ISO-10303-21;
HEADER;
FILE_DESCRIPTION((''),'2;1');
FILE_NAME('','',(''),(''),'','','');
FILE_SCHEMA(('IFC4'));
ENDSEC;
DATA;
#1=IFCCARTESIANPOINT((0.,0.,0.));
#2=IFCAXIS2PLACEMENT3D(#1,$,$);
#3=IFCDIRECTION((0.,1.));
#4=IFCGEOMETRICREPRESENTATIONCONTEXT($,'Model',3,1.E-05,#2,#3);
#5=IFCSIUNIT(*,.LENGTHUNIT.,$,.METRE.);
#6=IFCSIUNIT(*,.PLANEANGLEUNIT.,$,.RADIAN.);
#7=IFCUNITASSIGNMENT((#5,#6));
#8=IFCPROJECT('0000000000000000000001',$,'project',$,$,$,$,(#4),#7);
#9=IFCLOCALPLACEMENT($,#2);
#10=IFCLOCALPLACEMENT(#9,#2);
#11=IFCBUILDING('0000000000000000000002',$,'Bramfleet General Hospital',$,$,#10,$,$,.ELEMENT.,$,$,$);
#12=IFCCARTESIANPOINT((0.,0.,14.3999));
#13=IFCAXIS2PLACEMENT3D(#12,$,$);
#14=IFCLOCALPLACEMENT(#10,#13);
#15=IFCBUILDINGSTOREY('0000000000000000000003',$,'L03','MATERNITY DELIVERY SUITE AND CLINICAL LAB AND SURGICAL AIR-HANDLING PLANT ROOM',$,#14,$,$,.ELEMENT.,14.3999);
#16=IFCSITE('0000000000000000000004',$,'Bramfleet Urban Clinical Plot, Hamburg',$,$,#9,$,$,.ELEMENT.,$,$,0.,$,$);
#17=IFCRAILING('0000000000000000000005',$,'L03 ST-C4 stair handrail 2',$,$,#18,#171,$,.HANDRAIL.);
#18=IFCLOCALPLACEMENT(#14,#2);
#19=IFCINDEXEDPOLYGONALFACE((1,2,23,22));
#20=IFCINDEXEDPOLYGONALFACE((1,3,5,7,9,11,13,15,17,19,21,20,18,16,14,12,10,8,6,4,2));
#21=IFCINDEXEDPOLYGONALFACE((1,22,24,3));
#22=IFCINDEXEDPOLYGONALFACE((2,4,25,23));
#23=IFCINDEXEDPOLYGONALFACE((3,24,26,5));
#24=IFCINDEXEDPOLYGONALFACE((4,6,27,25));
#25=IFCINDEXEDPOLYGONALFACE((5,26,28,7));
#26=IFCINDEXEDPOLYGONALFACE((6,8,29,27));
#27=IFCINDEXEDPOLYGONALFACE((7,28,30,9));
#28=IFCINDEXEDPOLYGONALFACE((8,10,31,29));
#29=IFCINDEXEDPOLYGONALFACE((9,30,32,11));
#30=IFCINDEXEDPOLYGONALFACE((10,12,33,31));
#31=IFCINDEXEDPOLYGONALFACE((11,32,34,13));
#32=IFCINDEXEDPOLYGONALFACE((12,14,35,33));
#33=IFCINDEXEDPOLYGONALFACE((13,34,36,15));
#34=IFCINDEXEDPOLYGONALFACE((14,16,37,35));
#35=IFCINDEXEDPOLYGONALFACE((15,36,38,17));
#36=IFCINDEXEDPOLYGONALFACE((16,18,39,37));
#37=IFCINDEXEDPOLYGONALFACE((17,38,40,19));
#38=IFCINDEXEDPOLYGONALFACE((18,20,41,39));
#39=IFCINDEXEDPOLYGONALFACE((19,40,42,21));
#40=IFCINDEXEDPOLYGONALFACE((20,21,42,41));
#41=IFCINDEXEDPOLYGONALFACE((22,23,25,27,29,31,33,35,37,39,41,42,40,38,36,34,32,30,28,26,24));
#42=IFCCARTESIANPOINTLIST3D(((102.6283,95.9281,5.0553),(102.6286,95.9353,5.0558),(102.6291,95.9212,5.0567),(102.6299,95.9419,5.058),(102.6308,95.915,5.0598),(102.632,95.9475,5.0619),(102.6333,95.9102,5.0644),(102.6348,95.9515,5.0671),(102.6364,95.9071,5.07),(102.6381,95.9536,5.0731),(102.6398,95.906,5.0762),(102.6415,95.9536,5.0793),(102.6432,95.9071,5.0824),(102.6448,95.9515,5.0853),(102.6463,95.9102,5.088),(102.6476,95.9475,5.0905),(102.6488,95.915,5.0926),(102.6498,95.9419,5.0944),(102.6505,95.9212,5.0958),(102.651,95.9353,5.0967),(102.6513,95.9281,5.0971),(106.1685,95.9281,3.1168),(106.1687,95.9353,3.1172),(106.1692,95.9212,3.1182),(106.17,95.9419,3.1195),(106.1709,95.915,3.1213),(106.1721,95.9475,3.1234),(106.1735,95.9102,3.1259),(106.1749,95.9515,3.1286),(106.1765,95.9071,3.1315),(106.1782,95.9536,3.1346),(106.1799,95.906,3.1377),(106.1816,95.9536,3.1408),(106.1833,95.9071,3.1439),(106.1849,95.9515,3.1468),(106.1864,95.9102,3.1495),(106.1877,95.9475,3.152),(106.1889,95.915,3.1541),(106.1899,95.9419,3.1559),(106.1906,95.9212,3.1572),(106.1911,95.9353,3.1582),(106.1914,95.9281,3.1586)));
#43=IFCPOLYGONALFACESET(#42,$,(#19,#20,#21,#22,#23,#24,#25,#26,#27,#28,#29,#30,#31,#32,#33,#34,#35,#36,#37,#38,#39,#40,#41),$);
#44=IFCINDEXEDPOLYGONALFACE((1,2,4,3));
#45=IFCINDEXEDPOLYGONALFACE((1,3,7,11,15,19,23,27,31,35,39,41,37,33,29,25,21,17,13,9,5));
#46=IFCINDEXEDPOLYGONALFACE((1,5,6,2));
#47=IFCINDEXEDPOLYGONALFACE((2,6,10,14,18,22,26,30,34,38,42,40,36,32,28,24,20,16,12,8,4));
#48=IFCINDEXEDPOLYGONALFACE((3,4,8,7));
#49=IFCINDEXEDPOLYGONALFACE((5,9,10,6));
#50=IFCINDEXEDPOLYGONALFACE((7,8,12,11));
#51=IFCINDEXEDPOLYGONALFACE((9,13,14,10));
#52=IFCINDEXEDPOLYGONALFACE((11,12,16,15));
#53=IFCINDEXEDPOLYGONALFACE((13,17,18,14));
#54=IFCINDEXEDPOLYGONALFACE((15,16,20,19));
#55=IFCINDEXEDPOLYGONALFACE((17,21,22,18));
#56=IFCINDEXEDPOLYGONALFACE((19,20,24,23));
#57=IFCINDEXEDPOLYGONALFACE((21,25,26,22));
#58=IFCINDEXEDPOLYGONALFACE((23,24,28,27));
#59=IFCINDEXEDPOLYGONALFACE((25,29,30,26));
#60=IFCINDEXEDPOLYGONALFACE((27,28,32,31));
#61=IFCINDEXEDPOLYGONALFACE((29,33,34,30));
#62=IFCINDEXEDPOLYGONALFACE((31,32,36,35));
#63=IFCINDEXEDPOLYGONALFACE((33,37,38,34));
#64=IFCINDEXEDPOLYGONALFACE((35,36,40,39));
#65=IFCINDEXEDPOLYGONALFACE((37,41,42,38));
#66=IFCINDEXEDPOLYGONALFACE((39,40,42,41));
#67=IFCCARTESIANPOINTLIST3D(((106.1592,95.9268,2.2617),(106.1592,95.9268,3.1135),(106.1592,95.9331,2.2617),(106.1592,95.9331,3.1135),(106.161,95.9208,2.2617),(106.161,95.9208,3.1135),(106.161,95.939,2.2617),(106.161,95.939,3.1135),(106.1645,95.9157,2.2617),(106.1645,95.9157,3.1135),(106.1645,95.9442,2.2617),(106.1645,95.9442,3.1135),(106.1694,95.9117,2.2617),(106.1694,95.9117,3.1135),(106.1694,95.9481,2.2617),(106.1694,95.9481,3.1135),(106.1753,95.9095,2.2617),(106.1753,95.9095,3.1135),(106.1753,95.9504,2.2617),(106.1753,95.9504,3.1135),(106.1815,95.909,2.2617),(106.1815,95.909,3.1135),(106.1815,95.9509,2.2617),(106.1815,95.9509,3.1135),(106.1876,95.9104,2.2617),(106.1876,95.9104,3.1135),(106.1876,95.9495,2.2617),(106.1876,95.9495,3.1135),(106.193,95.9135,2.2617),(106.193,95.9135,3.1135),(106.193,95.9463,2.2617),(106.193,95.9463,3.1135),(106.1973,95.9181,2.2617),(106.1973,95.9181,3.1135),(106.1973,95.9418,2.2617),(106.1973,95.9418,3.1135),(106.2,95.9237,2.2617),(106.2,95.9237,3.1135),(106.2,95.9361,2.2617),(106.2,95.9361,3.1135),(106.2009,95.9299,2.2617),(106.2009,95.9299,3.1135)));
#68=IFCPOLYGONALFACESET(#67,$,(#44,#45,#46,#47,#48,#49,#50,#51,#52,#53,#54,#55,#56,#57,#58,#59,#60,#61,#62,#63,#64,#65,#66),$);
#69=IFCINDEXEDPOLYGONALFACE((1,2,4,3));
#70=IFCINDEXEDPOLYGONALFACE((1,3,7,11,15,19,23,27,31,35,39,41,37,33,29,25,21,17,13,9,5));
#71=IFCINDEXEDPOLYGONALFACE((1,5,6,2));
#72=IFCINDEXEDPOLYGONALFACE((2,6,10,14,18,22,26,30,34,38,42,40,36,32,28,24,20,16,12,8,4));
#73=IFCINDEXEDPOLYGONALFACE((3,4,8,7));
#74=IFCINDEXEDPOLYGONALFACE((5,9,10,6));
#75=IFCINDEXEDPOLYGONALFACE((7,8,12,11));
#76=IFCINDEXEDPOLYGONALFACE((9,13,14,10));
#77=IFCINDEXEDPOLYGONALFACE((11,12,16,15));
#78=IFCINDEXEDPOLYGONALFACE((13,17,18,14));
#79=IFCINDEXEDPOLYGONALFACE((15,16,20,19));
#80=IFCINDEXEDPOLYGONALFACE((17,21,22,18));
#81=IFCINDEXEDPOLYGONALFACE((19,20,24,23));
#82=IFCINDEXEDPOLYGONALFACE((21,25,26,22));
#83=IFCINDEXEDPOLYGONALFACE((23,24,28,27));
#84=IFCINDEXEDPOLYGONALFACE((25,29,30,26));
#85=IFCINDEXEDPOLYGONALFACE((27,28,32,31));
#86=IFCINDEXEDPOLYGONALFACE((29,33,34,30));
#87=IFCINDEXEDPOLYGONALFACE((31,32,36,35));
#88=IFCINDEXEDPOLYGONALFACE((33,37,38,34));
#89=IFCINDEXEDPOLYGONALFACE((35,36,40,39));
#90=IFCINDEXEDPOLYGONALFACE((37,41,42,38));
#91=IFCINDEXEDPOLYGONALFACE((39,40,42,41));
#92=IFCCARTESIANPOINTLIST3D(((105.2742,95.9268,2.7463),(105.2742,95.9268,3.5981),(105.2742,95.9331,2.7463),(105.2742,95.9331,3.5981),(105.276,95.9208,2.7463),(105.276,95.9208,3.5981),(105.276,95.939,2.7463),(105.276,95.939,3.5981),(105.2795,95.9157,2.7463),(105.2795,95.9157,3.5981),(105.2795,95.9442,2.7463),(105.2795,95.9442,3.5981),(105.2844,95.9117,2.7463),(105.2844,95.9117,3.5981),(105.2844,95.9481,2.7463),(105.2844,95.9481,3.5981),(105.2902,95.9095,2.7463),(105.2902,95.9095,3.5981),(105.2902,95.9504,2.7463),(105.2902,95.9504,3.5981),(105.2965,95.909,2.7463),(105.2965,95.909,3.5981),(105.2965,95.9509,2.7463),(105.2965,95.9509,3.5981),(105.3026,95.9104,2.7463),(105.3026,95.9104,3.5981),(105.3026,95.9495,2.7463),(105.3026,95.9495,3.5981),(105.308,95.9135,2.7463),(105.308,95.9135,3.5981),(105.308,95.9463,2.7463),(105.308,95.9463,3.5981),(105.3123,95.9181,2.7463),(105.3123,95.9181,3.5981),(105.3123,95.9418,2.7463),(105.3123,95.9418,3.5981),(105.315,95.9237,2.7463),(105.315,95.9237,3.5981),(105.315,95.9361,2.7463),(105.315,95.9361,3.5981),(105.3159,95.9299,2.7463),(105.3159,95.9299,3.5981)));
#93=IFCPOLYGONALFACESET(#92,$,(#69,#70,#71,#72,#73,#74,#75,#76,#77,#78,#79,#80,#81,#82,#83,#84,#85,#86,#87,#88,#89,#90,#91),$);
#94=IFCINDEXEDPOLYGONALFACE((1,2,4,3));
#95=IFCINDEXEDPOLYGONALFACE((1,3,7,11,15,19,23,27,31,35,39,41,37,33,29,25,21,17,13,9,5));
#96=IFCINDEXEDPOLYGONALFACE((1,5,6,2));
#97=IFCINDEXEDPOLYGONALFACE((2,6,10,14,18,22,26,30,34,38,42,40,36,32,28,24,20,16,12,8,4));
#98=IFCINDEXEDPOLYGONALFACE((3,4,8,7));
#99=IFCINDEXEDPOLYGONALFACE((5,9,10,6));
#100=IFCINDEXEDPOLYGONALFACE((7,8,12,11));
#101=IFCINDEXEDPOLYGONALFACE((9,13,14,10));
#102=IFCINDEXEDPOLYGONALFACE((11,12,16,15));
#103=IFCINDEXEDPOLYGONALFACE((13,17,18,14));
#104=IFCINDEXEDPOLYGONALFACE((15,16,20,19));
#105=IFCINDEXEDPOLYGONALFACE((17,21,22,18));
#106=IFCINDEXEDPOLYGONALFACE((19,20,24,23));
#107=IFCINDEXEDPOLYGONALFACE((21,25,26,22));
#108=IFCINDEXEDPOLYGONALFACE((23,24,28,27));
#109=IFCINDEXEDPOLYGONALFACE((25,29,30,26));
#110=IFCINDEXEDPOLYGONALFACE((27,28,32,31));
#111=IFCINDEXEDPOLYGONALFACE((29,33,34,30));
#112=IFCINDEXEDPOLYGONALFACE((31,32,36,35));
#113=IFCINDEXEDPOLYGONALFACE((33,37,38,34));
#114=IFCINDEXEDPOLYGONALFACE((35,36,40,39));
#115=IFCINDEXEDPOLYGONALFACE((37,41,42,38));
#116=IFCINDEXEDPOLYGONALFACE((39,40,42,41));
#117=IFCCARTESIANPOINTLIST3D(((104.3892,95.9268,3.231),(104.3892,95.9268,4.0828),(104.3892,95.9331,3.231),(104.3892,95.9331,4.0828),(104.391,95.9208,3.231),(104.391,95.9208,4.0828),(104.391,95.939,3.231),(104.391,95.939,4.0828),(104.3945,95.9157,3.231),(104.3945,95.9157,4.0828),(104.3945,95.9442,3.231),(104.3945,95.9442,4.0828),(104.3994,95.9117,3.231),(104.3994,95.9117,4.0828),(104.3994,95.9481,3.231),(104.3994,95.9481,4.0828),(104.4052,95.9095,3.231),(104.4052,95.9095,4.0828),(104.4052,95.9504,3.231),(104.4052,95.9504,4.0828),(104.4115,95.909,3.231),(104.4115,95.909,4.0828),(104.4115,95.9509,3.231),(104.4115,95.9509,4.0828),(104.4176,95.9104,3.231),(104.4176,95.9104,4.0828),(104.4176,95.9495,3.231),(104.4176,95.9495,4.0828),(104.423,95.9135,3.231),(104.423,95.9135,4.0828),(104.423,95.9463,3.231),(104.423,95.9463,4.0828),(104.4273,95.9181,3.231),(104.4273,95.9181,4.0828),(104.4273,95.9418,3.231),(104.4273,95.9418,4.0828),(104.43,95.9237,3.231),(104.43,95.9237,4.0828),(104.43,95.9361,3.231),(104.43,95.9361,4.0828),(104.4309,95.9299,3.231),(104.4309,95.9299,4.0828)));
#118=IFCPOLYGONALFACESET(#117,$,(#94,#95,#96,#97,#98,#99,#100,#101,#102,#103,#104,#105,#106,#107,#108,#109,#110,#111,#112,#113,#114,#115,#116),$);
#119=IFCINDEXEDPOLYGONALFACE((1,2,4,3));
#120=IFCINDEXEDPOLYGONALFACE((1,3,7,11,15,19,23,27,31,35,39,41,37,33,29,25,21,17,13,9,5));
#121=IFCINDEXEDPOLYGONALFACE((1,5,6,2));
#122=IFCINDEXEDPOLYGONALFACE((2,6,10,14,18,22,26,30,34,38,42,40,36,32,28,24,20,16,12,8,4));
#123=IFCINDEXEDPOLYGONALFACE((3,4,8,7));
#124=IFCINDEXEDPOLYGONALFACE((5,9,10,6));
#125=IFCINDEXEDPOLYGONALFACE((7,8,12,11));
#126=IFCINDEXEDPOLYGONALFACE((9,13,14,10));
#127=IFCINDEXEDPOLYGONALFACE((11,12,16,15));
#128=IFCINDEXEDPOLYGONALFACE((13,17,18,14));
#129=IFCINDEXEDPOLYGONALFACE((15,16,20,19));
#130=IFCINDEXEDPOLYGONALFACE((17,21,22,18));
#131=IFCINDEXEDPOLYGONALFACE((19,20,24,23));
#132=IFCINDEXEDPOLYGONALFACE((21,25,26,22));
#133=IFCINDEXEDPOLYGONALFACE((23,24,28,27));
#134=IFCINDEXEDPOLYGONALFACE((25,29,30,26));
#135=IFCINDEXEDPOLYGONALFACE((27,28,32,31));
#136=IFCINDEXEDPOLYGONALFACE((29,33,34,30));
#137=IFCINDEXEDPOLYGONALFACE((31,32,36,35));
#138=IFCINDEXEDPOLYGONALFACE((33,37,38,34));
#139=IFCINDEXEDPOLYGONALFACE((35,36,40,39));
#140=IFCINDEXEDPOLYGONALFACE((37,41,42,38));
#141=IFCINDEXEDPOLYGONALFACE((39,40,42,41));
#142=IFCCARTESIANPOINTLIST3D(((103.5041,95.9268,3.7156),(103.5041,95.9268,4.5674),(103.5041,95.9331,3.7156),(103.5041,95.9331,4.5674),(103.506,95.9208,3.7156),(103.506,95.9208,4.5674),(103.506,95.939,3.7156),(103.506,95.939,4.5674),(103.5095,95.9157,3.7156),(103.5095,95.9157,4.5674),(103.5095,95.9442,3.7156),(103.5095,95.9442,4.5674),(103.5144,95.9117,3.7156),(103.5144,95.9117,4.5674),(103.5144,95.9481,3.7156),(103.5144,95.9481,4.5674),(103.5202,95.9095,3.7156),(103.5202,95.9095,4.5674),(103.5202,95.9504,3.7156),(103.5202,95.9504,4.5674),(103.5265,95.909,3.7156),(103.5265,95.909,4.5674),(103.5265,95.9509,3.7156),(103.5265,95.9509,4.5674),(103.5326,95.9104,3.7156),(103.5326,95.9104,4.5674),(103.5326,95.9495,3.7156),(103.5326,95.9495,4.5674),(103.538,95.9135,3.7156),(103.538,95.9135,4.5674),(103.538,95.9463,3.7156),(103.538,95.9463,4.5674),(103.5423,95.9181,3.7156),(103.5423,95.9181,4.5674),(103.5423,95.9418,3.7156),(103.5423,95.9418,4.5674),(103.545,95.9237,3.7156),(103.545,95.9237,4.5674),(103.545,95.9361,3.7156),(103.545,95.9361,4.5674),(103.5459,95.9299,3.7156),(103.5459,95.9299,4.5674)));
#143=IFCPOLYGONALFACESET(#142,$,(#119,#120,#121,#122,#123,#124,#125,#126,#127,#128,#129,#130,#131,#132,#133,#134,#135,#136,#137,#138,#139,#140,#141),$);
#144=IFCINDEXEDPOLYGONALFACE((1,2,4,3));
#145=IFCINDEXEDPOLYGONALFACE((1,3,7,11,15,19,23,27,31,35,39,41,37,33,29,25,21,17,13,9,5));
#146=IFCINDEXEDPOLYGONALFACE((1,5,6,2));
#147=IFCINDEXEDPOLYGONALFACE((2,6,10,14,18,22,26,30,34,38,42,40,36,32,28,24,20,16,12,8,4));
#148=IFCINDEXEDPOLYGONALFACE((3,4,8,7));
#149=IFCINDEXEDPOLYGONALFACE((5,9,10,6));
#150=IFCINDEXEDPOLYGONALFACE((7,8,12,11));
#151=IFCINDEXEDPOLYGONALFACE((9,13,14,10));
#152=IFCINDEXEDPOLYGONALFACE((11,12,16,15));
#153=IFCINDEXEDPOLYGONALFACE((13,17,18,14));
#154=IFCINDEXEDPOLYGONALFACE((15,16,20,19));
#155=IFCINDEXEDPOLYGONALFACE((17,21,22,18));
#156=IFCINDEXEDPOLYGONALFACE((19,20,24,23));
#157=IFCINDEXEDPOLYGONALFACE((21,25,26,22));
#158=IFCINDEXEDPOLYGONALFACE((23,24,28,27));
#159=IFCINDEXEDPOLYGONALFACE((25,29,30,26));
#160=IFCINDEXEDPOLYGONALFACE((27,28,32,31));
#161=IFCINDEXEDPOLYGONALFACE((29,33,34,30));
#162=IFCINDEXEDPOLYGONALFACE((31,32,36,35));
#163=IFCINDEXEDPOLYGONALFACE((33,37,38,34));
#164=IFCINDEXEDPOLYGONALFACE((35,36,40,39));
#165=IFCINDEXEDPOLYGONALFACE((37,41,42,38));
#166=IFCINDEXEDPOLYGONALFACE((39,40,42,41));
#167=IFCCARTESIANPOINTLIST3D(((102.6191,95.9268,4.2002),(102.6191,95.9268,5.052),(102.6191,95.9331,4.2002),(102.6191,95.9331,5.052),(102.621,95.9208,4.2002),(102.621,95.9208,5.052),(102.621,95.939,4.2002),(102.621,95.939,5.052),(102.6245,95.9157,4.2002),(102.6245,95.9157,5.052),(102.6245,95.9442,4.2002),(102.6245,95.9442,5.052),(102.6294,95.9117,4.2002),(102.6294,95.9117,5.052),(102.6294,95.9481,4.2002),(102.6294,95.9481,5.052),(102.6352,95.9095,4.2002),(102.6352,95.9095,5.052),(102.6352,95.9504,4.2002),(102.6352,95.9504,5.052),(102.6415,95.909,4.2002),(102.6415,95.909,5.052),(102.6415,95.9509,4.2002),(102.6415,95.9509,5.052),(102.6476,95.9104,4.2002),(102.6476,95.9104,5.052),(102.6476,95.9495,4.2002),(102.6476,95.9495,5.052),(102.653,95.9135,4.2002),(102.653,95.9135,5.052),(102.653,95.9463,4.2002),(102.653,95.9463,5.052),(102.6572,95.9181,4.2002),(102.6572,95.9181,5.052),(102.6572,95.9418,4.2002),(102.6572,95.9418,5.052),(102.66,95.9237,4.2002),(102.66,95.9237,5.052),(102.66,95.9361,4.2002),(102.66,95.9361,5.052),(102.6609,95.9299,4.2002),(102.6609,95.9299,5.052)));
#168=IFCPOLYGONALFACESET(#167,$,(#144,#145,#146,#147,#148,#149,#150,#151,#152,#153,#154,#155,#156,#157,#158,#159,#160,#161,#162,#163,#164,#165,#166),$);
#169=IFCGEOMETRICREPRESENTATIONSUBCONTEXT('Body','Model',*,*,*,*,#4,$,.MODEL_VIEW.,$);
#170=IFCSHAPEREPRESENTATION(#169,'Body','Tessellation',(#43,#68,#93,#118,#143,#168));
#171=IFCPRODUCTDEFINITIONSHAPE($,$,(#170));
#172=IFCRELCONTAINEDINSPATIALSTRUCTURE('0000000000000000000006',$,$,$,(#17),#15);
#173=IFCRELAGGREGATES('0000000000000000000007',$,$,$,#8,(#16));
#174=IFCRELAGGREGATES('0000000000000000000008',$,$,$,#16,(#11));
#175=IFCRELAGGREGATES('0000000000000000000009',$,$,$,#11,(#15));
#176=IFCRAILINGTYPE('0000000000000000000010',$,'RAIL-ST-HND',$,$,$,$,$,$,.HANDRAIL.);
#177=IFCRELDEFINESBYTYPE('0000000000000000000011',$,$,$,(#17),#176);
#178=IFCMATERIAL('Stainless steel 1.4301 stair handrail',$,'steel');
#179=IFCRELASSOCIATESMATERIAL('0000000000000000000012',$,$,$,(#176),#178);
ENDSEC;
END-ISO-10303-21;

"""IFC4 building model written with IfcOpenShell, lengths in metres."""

from ifc_helpers import new_model, si_unit, direction, frame, origin, origin_2d, place, context, subcontext, project, spatial, circle, extrude, material, type_object, element, save


model = new_model("IFC4")

# Units and contexts
model_context = context("Model", 3, precision=1e-05, world=origin(), true_north=direction((0.0, 1.0)))
body_context = subcontext(model_context, "Body", "Model", "MODEL_VIEW")
ifc_project = project(units=[si_unit("LENGTHUNIT", "METRE"), si_unit("PLANEANGLEUNIT", "RADIAN")], contexts=[model_context])

# Site, building, storey
site_placement = place(None, origin())
site = spatial("IfcSite", under=ifc_project, at=site_placement, Name="Bramfleet Urban Clinical Plot, Hamburg", CompositionType="ELEMENT", RefElevation=0.0)
building_placement = place(site_placement, origin())
building = spatial("IfcBuilding", under=site, at=building_placement, Name="Bramfleet General Hospital", CompositionType="ELEMENT")
storey_placement = place(building_placement, frame((0.0, 0.0, 14.3999)))
storey = spatial("IfcBuildingStorey", under=building, at=storey_placement, Name="L03", Description="MATERNITY DELIVERY SUITE AND CLINICAL LAB AND SURGICAL AIR-HANDLING PLANT ROOM", CompositionType="ELEMENT", Elevation=14.3999)

# Railing
ifc_material_1 = material(Name="Stainless steel 1.4301 stair handrail", Category="steel")
railing_type_1 = type_object("IfcRailingType", Name="RAIL-ST-HND", PredefinedType="HANDRAIL", material=ifc_material_1)
railing_1_placement = place(storey_placement, frame((106.1799, 95.9299, 2.2617)))
element("IfcRailing", 1, at=railing_1_placement, inside=storey, type_object=railing_type_1, Name="L03 ST-C4 stair handrail 2", PredefinedType="HANDRAIL", context=body_context, shape_type="SweptSolid", body=[
    extrude(circle(Radius=0.0239, at=origin_2d()), frame((0.0, 0.0, 0.876), z_axis=(-0.877108, 0.0, 0.480292), x_axis=(0.0, -1.0, 0.0)), (0.0, 0.0, 1.0), 4.0361),
    extrude(circle(Radius=0.021, at=origin_2d()), origin(), (0.0, 0.0, 1.0), 0.8518),
    extrude(circle(Radius=0.021, at=origin_2d()), frame((-0.885, 0.0, 0.4846)), (0.0, 0.0, 1.0), 0.8518),
    extrude(circle(Radius=0.021, at=origin_2d()), frame((-1.77, 0.0, 0.9692)), (0.0, 0.0, 1.0), 0.8518),
    extrude(circle(Radius=0.021, at=origin_2d()), frame((-2.655, 0.0, 1.4539)), (0.0, 0.0, 1.0), 0.8518),
    extrude(circle(Radius=0.021, at=origin_2d()), frame((-3.54, 0.0, 1.9385)), (0.0, 0.0, 1.0), 0.8518),
])

save(model, "model.ifc")
